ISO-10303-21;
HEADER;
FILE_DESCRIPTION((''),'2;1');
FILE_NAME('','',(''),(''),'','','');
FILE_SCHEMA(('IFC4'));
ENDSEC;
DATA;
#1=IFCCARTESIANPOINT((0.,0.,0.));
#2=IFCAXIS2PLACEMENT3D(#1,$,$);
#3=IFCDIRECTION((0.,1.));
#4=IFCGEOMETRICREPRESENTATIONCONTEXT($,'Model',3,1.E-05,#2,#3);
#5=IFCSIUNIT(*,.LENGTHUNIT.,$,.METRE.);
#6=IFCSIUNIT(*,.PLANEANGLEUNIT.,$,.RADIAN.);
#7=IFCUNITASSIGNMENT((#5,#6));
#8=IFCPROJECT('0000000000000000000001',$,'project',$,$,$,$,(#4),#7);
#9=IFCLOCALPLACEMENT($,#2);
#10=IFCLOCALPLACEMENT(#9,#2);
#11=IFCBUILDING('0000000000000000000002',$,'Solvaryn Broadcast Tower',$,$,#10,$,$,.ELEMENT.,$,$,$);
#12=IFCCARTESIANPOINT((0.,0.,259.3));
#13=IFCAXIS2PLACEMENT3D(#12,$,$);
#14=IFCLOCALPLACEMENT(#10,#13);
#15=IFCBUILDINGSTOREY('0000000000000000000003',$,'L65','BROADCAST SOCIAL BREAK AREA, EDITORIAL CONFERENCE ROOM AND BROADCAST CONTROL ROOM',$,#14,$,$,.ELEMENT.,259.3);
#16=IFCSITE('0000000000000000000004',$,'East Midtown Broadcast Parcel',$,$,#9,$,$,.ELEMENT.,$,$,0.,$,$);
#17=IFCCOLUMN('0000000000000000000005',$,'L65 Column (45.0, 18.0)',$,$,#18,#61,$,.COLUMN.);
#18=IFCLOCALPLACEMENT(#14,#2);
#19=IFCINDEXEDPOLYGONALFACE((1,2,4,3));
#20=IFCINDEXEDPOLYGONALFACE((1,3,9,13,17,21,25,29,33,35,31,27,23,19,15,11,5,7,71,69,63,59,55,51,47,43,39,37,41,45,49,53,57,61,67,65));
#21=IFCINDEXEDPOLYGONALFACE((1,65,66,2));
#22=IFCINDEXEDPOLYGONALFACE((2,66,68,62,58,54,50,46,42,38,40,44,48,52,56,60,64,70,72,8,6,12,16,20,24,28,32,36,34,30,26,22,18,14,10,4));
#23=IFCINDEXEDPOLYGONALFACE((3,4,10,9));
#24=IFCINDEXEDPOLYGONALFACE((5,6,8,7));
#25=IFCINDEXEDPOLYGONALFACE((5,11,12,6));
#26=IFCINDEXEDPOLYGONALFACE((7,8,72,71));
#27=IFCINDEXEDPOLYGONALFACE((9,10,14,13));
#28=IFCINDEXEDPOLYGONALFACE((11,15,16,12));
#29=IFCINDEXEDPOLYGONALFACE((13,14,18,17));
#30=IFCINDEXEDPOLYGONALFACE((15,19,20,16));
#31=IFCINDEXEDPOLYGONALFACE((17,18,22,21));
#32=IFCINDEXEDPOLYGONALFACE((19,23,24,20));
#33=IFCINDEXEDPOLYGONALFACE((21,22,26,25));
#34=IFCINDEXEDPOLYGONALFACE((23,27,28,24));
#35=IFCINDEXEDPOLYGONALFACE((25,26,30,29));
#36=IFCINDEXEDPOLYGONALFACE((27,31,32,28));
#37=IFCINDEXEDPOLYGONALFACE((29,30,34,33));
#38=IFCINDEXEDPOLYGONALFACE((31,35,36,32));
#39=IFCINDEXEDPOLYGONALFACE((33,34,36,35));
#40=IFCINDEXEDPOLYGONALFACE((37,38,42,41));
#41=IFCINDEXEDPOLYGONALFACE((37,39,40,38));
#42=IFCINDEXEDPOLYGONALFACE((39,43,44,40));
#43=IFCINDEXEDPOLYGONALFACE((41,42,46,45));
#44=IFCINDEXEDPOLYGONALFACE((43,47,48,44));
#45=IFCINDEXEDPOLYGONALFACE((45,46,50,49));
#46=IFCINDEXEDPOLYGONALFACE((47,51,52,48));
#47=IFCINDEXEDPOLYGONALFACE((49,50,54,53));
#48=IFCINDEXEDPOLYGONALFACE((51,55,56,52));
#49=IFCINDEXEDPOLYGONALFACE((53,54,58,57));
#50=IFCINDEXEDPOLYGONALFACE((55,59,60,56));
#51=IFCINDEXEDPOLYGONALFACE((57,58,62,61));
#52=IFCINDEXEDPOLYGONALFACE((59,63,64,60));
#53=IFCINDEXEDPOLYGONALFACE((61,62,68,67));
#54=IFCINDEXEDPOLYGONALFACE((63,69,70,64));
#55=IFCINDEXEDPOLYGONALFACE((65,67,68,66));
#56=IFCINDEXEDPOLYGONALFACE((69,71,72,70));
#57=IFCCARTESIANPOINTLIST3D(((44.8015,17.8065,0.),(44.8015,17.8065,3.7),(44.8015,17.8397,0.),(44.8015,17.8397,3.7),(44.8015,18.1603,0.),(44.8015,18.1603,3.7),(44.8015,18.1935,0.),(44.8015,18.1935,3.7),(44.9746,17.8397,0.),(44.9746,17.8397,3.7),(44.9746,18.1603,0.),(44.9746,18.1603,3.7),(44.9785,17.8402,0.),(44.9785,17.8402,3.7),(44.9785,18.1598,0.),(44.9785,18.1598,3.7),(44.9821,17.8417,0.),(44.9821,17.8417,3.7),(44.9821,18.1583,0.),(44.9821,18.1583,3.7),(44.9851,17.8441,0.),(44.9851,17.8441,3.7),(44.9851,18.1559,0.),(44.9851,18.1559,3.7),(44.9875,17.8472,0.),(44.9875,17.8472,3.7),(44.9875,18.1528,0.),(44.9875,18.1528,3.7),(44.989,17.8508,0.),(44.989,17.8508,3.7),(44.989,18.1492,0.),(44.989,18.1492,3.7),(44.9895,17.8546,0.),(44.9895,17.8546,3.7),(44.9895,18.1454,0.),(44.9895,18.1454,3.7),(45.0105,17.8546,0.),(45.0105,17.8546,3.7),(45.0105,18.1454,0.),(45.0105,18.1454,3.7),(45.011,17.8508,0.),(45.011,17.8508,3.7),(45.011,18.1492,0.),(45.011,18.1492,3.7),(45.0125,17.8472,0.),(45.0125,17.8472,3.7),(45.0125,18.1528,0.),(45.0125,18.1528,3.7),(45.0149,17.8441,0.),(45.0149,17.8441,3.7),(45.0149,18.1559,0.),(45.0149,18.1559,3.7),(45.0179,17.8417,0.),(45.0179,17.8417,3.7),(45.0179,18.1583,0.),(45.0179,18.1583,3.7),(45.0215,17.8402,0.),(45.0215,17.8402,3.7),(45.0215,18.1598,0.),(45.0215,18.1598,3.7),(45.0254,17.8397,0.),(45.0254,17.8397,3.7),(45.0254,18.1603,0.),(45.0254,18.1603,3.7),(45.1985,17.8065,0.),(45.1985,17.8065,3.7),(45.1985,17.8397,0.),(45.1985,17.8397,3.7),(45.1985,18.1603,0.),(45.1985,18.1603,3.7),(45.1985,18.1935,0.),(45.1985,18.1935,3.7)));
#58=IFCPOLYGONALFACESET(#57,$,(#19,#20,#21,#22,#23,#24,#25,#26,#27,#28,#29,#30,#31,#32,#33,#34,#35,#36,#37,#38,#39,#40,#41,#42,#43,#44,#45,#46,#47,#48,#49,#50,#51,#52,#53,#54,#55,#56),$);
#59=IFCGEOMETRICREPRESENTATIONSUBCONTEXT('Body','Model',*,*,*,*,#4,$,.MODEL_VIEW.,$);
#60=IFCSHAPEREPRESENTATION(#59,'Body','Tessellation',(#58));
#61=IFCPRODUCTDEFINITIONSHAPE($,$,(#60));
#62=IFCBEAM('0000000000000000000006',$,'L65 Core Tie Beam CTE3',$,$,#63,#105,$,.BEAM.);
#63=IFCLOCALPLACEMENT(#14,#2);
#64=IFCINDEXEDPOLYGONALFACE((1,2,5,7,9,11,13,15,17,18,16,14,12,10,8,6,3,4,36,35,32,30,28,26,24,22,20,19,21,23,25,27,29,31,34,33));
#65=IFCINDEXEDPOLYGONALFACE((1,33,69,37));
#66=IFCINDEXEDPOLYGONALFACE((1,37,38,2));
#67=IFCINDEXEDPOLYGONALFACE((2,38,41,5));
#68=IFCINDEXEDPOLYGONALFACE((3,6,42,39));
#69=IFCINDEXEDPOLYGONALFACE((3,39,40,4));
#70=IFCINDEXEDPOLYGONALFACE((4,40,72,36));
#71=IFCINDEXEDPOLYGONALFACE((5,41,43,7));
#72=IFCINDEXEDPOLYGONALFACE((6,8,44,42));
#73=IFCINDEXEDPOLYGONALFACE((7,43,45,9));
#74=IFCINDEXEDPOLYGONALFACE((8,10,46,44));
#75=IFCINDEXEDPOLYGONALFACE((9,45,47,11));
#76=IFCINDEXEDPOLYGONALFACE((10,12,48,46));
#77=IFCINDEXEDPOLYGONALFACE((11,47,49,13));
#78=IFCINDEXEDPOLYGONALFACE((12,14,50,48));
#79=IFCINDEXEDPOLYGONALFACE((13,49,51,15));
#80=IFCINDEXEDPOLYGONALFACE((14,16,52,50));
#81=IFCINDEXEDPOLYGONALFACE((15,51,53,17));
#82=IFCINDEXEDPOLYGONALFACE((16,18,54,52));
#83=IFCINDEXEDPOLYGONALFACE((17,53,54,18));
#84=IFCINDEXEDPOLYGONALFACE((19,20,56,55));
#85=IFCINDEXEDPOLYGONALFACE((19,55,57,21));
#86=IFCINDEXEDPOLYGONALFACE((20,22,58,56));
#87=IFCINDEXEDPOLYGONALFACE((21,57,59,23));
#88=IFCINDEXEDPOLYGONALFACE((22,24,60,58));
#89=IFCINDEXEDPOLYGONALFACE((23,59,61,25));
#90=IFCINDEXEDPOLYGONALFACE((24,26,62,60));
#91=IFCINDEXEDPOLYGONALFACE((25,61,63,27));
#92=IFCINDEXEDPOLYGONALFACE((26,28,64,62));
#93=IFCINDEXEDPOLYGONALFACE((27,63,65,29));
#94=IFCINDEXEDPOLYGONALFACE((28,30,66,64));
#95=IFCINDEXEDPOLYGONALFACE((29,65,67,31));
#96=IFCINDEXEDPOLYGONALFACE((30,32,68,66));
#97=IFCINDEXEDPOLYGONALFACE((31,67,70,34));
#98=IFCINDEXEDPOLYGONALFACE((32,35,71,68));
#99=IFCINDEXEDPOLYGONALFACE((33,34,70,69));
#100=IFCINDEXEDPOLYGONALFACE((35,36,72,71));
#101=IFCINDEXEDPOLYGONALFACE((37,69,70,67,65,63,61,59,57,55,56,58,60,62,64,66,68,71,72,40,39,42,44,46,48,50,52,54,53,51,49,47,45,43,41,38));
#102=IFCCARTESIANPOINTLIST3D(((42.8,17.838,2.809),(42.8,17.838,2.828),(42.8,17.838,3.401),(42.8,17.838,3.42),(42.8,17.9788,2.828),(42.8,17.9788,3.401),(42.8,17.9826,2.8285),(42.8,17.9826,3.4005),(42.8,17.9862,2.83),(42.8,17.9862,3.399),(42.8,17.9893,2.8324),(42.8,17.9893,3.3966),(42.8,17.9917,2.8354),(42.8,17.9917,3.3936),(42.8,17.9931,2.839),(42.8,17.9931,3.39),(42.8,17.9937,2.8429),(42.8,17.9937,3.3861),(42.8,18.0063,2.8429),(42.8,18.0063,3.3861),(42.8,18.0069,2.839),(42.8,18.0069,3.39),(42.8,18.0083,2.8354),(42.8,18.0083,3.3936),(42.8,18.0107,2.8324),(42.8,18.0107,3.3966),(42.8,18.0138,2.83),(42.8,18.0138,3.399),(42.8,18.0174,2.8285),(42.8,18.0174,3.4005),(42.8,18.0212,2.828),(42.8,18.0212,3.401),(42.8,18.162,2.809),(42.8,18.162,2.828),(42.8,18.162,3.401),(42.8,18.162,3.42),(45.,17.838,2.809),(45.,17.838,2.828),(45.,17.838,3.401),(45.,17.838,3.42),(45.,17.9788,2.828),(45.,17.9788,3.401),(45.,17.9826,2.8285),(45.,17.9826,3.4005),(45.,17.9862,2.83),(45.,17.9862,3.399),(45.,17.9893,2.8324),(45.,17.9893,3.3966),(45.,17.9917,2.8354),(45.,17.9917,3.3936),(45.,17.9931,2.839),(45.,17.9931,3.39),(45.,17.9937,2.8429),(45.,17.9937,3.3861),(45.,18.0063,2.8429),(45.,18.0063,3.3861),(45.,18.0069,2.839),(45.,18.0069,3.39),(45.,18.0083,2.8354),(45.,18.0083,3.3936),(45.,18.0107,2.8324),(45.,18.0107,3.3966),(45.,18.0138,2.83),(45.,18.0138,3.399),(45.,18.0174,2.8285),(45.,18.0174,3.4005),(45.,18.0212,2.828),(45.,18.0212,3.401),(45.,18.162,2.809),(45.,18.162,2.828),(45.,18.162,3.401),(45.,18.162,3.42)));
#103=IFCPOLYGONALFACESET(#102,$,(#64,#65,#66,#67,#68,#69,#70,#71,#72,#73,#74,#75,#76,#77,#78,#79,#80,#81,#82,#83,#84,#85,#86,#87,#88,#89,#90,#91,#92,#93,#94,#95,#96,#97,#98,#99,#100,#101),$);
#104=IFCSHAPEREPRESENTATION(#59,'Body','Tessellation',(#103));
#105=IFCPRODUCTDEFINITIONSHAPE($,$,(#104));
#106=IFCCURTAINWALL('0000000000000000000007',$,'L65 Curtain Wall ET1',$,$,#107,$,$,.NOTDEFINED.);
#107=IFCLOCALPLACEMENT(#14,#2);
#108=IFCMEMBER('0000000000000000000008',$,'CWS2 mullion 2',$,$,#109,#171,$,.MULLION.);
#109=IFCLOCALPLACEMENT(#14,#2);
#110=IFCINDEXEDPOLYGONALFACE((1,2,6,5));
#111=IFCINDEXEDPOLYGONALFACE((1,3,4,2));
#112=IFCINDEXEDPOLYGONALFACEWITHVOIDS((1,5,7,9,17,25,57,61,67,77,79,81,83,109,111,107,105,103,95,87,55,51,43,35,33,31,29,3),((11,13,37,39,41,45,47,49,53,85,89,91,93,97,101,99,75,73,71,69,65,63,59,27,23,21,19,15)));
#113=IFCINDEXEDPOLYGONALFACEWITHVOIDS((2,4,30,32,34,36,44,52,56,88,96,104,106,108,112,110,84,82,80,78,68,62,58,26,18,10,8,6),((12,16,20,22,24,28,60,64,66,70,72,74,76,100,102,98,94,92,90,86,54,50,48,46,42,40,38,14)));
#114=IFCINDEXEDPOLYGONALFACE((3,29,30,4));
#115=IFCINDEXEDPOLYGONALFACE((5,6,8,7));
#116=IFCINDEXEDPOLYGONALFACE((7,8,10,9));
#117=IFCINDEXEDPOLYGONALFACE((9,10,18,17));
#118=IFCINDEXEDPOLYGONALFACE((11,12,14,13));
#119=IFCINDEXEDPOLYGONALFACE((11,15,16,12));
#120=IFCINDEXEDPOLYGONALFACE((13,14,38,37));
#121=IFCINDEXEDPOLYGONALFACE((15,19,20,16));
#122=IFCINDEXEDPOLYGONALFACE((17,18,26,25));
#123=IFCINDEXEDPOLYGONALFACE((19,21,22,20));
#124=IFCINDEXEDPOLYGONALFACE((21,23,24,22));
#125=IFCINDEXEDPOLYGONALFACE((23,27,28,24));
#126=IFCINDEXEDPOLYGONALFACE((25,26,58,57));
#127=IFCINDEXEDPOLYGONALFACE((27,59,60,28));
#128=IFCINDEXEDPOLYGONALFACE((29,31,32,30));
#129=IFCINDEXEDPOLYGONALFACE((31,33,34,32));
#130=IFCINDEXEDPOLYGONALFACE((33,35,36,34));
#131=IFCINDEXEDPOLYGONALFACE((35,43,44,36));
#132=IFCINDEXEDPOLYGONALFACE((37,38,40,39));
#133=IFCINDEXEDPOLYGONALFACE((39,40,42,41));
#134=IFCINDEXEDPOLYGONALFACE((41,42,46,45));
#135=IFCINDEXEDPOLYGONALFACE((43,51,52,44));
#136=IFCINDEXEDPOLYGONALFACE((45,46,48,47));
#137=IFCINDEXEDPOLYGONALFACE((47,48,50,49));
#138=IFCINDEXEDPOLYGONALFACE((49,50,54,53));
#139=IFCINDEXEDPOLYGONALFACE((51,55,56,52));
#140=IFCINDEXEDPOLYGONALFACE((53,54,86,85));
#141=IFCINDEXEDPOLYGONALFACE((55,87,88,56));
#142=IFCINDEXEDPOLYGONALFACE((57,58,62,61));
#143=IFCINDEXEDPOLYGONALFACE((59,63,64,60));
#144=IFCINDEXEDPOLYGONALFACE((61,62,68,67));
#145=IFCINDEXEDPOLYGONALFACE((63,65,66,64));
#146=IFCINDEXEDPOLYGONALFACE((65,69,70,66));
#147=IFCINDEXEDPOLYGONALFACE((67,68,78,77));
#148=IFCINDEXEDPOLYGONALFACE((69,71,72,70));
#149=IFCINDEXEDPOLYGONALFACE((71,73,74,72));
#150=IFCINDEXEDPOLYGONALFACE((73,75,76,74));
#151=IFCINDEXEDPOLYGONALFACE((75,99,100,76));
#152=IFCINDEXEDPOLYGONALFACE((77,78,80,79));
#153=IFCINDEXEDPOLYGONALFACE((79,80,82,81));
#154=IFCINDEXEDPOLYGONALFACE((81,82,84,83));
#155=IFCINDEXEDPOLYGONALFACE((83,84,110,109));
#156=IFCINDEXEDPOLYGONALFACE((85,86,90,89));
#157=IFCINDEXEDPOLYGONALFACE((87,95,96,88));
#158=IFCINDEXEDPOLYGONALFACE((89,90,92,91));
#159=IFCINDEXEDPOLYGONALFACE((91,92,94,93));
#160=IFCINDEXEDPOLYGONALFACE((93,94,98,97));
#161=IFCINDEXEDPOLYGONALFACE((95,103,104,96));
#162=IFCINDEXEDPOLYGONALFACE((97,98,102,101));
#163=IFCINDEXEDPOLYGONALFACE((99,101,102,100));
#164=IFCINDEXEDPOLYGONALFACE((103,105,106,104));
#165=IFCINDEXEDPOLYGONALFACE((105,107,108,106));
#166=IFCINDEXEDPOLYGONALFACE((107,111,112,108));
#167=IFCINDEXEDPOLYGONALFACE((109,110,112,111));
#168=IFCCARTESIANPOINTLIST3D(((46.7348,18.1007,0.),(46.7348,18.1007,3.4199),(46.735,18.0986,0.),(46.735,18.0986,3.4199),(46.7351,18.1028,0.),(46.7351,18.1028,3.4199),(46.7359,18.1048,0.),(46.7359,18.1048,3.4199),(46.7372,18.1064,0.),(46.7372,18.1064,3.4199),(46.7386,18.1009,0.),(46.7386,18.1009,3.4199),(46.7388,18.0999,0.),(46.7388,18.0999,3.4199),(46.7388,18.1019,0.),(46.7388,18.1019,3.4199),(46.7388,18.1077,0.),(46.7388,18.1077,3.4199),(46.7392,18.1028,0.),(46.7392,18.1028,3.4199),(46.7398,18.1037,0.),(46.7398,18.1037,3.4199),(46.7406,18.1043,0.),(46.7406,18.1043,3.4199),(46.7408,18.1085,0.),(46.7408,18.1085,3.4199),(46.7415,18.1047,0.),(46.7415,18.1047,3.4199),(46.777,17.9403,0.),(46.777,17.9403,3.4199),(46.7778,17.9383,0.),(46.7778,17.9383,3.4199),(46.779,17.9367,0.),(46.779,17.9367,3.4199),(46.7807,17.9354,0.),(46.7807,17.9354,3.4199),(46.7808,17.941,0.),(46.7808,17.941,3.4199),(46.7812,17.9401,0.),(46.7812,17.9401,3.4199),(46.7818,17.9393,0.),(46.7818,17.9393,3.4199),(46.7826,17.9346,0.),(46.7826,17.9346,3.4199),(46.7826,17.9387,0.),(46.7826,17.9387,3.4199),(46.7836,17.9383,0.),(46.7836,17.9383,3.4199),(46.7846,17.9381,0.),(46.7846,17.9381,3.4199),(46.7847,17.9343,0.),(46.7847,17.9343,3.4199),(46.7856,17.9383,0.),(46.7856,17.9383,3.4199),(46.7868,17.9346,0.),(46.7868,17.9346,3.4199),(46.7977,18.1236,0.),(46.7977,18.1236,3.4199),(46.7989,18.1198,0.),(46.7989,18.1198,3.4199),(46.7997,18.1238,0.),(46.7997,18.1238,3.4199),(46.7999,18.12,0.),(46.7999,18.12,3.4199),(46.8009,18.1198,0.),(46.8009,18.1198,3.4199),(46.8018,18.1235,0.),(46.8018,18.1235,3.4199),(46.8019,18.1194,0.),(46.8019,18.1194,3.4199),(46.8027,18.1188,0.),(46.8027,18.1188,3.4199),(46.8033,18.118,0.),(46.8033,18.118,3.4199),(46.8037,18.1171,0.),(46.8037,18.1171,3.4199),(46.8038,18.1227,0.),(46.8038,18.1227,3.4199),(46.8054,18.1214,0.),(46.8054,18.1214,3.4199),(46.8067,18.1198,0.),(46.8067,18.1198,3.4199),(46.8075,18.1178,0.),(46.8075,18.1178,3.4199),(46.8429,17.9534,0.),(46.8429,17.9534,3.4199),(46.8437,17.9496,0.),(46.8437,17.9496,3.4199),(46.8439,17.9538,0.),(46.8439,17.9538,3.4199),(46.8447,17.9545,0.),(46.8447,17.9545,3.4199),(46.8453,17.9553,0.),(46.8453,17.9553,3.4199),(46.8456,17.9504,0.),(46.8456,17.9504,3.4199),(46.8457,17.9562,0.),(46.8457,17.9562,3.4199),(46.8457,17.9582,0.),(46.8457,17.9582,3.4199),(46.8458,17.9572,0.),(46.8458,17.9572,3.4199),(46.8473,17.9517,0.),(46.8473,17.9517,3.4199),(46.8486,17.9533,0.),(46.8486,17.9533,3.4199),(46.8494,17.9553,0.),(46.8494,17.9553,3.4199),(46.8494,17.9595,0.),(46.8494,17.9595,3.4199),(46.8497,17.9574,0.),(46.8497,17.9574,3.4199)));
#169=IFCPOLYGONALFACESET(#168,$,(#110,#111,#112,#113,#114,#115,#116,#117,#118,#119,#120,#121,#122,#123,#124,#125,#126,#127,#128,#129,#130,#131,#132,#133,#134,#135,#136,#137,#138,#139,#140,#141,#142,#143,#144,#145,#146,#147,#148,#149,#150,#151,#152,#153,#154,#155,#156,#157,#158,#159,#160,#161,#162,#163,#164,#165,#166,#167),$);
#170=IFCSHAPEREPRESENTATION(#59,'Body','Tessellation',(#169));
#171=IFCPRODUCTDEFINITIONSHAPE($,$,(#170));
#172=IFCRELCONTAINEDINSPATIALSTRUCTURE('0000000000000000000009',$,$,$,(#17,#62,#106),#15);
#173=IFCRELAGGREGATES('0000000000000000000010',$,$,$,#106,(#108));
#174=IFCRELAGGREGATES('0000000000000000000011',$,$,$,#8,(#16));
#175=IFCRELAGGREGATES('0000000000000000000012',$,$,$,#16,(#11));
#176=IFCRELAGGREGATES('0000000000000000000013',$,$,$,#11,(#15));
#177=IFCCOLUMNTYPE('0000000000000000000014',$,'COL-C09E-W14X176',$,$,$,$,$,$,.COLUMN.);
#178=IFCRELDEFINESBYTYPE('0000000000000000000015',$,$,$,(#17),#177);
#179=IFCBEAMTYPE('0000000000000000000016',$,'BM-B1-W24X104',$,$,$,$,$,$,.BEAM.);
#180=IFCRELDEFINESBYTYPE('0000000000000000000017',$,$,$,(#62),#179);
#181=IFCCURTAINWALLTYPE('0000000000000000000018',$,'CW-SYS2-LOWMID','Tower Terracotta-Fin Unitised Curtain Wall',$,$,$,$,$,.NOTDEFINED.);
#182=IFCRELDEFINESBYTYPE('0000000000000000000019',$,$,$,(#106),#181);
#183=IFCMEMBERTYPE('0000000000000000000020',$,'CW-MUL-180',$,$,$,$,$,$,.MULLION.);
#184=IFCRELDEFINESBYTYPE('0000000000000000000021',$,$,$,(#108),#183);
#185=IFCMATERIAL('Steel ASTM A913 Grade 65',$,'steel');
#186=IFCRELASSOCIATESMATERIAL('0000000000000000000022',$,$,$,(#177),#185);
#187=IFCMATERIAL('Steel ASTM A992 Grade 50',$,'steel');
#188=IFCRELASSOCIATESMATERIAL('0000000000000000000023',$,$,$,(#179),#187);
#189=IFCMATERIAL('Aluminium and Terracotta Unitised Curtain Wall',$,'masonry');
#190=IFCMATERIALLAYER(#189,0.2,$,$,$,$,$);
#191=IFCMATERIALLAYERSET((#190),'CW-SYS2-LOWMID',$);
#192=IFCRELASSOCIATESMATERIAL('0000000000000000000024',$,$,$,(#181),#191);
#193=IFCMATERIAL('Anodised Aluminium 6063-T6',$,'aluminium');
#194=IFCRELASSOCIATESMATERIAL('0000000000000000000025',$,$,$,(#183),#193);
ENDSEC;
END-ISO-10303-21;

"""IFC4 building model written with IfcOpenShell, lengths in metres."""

from ifc_helpers import new_model, si_unit, direction, frame, origin, origin_2d, place, context, subcontext, project, spatial, hollow_rectangle, i_section, extrude, material, layer, layer_set, material_profile, profile_set, type_object, element, aggregate, save


model = new_model("IFC4")

# Units and contexts
model_context = context("Model", 3, precision=1e-05, world=origin(), true_north=direction((0.0, 1.0)))
body_context = subcontext(model_context, "Body", "Model", "MODEL_VIEW")
ifc_project = project(units=[si_unit("LENGTHUNIT", "METRE"), si_unit("PLANEANGLEUNIT", "RADIAN")], contexts=[model_context])

# Site, building, storey
site_placement = place(None, origin())
site = spatial("IfcSite", under=ifc_project, at=site_placement, Name="East Midtown Broadcast Parcel", CompositionType="ELEMENT", RefElevation=0.0)
building_placement = place(site_placement, origin())
building = spatial("IfcBuilding", under=site, at=building_placement, Name="Solvaryn Broadcast Tower", CompositionType="ELEMENT")
storey_placement = place(building_placement, frame((0.0, 0.0, 259.3)))
storey = spatial("IfcBuildingStorey", under=building, at=storey_placement, Name="L65", Description="BROADCAST SOCIAL BREAK AREA, EDITORIAL CONFERENCE ROOM AND BROADCAST CONTROL ROOM", CompositionType="ELEMENT", Elevation=259.3)

# Column
ifc_material_1 = material(Name="Steel ASTM A913 Grade 65", Category="steel")
ifc_material_profile_1 = material_profile(ifc_material_1, i_section(OverallWidth=0.397, OverallDepth=0.387, WebThickness=0.021, FlangeThickness=0.0332, FilletRadius=0.0149, at=origin_2d()))
ifc_profile_set_1 = profile_set([ifc_material_profile_1], Name="Steel ASTM A913 Grade 65")
column_type = type_object("IfcColumnType", Name="COL-C09E-W14X176", PredefinedType="COLUMN", material=ifc_profile_set_1)
column_placement = place(storey_placement, frame((45.0, 18.0, 0.0), z_axis=(0.0, 0.0, 1.0), x_axis=(1.0, 0.0, 0.0)))
element("IfcColumn", 1, at=column_placement, inside=storey, type_object=column_type, Name="L65 Column (45.0, 18.0)", PredefinedType="COLUMN", context=body_context, shape_type="SweptSolid", body=[
    extrude(i_section(OverallWidth=0.397, OverallDepth=0.387, WebThickness=0.021, FlangeThickness=0.0332, FilletRadius=0.0149, at=origin_2d()), origin(), (0.0, 0.0, 1.0), 3.7),
])

# Beam
ifc_material_2 = material(Name="Steel ASTM A992 Grade 50", Category="steel")
ifc_material_profile_2 = material_profile(ifc_material_2, i_section(OverallWidth=0.324, OverallDepth=0.6111, WebThickness=0.0127, FlangeThickness=0.019, FilletRadius=0.0149, at=origin_2d()))
ifc_profile_set_2 = profile_set([ifc_material_profile_2], Name="Steel ASTM A992 Grade 50")
beam_type = type_object("IfcBeamType", Name="BM-B1-W24X104", PredefinedType="BEAM", material=ifc_profile_set_2)
beam_placement = place(storey_placement, frame((42.8, 18.0, 3.1145), z_axis=(1.0, 0.0, 0.0), x_axis=(0.0, 1.0, 0.0)))
element("IfcBeam", 2, at=beam_placement, inside=storey, type_object=beam_type, Name="L65 Core Tie Beam CTE3", PredefinedType="BEAM", context=body_context, shape_type="SweptSolid", body=[
    extrude(i_section(OverallWidth=0.324, OverallDepth=0.6111, WebThickness=0.0127, FlangeThickness=0.019, FilletRadius=0.0149, at=origin_2d()), origin(), (0.0, 0.0, 1.0), 2.2),
])

# Curtain wall, member
ifc_material_3 = material(Name="Aluminium and Terracotta Unitised Curtain Wall", Category="masonry")
ifc_layer_1 = layer(ifc_material_3, 0.2)
ifc_layer_set_1 = layer_set([ifc_layer_1], Name="CW-SYS2-LOWMID")
curtain_wall_type = type_object("IfcCurtainWallType", Name="CW-SYS2-LOWMID", Description="Tower Terracotta-Fin Unitised Curtain Wall", PredefinedType="NOTDEFINED", material=ifc_layer_set_1)
curtain_wall_1_placement = place(storey_placement, origin())
curtain_wall_1 = element("IfcCurtainWall", 3, at=curtain_wall_1_placement, inside=storey, type_object=curtain_wall_type, Name="L65 Curtain Wall ET1", PredefinedType="NOTDEFINED")
ifc_material_4 = material(Name="Anodised Aluminium 6063-T6", Category="aluminium")
ifc_material_profile_3 = material_profile(ifc_material_4, hollow_rectangle(XDim=0.075, YDim=0.1799, WallThickness=0.0039, InnerFilletRadius=0.0039, OuterFilletRadius=0.0081, at=origin_2d()))
ifc_profile_set_3 = profile_set([ifc_material_profile_3], Name="Anodised Aluminium 6063-T6")
member_type_1 = type_object("IfcMemberType", Name="CW-MUL-180", PredefinedType="MULLION", material=ifc_profile_set_3)
member_1_placement = place(storey_placement, frame((46.7922, 18.0291, 0.0), z_axis=(0.0, 0.0, 1.0), x_axis=(0.966705, 0.255893, 0.0)))
member_1 = element("IfcMember", 4, at=member_1_placement, type_object=member_type_1, Name="CWS2 mullion 2", PredefinedType="MULLION", context=body_context, shape_type="SweptSolid", body=[
    extrude(hollow_rectangle(XDim=0.075, YDim=0.1799, WallThickness=0.0039, InnerFilletRadius=0.0039, OuterFilletRadius=0.0081, at=origin_2d()), origin(), (0.0, 0.0, 1.0), 3.4199),
])

aggregate(curtain_wall_1, [member_1])

save(model, "model.ifc")
